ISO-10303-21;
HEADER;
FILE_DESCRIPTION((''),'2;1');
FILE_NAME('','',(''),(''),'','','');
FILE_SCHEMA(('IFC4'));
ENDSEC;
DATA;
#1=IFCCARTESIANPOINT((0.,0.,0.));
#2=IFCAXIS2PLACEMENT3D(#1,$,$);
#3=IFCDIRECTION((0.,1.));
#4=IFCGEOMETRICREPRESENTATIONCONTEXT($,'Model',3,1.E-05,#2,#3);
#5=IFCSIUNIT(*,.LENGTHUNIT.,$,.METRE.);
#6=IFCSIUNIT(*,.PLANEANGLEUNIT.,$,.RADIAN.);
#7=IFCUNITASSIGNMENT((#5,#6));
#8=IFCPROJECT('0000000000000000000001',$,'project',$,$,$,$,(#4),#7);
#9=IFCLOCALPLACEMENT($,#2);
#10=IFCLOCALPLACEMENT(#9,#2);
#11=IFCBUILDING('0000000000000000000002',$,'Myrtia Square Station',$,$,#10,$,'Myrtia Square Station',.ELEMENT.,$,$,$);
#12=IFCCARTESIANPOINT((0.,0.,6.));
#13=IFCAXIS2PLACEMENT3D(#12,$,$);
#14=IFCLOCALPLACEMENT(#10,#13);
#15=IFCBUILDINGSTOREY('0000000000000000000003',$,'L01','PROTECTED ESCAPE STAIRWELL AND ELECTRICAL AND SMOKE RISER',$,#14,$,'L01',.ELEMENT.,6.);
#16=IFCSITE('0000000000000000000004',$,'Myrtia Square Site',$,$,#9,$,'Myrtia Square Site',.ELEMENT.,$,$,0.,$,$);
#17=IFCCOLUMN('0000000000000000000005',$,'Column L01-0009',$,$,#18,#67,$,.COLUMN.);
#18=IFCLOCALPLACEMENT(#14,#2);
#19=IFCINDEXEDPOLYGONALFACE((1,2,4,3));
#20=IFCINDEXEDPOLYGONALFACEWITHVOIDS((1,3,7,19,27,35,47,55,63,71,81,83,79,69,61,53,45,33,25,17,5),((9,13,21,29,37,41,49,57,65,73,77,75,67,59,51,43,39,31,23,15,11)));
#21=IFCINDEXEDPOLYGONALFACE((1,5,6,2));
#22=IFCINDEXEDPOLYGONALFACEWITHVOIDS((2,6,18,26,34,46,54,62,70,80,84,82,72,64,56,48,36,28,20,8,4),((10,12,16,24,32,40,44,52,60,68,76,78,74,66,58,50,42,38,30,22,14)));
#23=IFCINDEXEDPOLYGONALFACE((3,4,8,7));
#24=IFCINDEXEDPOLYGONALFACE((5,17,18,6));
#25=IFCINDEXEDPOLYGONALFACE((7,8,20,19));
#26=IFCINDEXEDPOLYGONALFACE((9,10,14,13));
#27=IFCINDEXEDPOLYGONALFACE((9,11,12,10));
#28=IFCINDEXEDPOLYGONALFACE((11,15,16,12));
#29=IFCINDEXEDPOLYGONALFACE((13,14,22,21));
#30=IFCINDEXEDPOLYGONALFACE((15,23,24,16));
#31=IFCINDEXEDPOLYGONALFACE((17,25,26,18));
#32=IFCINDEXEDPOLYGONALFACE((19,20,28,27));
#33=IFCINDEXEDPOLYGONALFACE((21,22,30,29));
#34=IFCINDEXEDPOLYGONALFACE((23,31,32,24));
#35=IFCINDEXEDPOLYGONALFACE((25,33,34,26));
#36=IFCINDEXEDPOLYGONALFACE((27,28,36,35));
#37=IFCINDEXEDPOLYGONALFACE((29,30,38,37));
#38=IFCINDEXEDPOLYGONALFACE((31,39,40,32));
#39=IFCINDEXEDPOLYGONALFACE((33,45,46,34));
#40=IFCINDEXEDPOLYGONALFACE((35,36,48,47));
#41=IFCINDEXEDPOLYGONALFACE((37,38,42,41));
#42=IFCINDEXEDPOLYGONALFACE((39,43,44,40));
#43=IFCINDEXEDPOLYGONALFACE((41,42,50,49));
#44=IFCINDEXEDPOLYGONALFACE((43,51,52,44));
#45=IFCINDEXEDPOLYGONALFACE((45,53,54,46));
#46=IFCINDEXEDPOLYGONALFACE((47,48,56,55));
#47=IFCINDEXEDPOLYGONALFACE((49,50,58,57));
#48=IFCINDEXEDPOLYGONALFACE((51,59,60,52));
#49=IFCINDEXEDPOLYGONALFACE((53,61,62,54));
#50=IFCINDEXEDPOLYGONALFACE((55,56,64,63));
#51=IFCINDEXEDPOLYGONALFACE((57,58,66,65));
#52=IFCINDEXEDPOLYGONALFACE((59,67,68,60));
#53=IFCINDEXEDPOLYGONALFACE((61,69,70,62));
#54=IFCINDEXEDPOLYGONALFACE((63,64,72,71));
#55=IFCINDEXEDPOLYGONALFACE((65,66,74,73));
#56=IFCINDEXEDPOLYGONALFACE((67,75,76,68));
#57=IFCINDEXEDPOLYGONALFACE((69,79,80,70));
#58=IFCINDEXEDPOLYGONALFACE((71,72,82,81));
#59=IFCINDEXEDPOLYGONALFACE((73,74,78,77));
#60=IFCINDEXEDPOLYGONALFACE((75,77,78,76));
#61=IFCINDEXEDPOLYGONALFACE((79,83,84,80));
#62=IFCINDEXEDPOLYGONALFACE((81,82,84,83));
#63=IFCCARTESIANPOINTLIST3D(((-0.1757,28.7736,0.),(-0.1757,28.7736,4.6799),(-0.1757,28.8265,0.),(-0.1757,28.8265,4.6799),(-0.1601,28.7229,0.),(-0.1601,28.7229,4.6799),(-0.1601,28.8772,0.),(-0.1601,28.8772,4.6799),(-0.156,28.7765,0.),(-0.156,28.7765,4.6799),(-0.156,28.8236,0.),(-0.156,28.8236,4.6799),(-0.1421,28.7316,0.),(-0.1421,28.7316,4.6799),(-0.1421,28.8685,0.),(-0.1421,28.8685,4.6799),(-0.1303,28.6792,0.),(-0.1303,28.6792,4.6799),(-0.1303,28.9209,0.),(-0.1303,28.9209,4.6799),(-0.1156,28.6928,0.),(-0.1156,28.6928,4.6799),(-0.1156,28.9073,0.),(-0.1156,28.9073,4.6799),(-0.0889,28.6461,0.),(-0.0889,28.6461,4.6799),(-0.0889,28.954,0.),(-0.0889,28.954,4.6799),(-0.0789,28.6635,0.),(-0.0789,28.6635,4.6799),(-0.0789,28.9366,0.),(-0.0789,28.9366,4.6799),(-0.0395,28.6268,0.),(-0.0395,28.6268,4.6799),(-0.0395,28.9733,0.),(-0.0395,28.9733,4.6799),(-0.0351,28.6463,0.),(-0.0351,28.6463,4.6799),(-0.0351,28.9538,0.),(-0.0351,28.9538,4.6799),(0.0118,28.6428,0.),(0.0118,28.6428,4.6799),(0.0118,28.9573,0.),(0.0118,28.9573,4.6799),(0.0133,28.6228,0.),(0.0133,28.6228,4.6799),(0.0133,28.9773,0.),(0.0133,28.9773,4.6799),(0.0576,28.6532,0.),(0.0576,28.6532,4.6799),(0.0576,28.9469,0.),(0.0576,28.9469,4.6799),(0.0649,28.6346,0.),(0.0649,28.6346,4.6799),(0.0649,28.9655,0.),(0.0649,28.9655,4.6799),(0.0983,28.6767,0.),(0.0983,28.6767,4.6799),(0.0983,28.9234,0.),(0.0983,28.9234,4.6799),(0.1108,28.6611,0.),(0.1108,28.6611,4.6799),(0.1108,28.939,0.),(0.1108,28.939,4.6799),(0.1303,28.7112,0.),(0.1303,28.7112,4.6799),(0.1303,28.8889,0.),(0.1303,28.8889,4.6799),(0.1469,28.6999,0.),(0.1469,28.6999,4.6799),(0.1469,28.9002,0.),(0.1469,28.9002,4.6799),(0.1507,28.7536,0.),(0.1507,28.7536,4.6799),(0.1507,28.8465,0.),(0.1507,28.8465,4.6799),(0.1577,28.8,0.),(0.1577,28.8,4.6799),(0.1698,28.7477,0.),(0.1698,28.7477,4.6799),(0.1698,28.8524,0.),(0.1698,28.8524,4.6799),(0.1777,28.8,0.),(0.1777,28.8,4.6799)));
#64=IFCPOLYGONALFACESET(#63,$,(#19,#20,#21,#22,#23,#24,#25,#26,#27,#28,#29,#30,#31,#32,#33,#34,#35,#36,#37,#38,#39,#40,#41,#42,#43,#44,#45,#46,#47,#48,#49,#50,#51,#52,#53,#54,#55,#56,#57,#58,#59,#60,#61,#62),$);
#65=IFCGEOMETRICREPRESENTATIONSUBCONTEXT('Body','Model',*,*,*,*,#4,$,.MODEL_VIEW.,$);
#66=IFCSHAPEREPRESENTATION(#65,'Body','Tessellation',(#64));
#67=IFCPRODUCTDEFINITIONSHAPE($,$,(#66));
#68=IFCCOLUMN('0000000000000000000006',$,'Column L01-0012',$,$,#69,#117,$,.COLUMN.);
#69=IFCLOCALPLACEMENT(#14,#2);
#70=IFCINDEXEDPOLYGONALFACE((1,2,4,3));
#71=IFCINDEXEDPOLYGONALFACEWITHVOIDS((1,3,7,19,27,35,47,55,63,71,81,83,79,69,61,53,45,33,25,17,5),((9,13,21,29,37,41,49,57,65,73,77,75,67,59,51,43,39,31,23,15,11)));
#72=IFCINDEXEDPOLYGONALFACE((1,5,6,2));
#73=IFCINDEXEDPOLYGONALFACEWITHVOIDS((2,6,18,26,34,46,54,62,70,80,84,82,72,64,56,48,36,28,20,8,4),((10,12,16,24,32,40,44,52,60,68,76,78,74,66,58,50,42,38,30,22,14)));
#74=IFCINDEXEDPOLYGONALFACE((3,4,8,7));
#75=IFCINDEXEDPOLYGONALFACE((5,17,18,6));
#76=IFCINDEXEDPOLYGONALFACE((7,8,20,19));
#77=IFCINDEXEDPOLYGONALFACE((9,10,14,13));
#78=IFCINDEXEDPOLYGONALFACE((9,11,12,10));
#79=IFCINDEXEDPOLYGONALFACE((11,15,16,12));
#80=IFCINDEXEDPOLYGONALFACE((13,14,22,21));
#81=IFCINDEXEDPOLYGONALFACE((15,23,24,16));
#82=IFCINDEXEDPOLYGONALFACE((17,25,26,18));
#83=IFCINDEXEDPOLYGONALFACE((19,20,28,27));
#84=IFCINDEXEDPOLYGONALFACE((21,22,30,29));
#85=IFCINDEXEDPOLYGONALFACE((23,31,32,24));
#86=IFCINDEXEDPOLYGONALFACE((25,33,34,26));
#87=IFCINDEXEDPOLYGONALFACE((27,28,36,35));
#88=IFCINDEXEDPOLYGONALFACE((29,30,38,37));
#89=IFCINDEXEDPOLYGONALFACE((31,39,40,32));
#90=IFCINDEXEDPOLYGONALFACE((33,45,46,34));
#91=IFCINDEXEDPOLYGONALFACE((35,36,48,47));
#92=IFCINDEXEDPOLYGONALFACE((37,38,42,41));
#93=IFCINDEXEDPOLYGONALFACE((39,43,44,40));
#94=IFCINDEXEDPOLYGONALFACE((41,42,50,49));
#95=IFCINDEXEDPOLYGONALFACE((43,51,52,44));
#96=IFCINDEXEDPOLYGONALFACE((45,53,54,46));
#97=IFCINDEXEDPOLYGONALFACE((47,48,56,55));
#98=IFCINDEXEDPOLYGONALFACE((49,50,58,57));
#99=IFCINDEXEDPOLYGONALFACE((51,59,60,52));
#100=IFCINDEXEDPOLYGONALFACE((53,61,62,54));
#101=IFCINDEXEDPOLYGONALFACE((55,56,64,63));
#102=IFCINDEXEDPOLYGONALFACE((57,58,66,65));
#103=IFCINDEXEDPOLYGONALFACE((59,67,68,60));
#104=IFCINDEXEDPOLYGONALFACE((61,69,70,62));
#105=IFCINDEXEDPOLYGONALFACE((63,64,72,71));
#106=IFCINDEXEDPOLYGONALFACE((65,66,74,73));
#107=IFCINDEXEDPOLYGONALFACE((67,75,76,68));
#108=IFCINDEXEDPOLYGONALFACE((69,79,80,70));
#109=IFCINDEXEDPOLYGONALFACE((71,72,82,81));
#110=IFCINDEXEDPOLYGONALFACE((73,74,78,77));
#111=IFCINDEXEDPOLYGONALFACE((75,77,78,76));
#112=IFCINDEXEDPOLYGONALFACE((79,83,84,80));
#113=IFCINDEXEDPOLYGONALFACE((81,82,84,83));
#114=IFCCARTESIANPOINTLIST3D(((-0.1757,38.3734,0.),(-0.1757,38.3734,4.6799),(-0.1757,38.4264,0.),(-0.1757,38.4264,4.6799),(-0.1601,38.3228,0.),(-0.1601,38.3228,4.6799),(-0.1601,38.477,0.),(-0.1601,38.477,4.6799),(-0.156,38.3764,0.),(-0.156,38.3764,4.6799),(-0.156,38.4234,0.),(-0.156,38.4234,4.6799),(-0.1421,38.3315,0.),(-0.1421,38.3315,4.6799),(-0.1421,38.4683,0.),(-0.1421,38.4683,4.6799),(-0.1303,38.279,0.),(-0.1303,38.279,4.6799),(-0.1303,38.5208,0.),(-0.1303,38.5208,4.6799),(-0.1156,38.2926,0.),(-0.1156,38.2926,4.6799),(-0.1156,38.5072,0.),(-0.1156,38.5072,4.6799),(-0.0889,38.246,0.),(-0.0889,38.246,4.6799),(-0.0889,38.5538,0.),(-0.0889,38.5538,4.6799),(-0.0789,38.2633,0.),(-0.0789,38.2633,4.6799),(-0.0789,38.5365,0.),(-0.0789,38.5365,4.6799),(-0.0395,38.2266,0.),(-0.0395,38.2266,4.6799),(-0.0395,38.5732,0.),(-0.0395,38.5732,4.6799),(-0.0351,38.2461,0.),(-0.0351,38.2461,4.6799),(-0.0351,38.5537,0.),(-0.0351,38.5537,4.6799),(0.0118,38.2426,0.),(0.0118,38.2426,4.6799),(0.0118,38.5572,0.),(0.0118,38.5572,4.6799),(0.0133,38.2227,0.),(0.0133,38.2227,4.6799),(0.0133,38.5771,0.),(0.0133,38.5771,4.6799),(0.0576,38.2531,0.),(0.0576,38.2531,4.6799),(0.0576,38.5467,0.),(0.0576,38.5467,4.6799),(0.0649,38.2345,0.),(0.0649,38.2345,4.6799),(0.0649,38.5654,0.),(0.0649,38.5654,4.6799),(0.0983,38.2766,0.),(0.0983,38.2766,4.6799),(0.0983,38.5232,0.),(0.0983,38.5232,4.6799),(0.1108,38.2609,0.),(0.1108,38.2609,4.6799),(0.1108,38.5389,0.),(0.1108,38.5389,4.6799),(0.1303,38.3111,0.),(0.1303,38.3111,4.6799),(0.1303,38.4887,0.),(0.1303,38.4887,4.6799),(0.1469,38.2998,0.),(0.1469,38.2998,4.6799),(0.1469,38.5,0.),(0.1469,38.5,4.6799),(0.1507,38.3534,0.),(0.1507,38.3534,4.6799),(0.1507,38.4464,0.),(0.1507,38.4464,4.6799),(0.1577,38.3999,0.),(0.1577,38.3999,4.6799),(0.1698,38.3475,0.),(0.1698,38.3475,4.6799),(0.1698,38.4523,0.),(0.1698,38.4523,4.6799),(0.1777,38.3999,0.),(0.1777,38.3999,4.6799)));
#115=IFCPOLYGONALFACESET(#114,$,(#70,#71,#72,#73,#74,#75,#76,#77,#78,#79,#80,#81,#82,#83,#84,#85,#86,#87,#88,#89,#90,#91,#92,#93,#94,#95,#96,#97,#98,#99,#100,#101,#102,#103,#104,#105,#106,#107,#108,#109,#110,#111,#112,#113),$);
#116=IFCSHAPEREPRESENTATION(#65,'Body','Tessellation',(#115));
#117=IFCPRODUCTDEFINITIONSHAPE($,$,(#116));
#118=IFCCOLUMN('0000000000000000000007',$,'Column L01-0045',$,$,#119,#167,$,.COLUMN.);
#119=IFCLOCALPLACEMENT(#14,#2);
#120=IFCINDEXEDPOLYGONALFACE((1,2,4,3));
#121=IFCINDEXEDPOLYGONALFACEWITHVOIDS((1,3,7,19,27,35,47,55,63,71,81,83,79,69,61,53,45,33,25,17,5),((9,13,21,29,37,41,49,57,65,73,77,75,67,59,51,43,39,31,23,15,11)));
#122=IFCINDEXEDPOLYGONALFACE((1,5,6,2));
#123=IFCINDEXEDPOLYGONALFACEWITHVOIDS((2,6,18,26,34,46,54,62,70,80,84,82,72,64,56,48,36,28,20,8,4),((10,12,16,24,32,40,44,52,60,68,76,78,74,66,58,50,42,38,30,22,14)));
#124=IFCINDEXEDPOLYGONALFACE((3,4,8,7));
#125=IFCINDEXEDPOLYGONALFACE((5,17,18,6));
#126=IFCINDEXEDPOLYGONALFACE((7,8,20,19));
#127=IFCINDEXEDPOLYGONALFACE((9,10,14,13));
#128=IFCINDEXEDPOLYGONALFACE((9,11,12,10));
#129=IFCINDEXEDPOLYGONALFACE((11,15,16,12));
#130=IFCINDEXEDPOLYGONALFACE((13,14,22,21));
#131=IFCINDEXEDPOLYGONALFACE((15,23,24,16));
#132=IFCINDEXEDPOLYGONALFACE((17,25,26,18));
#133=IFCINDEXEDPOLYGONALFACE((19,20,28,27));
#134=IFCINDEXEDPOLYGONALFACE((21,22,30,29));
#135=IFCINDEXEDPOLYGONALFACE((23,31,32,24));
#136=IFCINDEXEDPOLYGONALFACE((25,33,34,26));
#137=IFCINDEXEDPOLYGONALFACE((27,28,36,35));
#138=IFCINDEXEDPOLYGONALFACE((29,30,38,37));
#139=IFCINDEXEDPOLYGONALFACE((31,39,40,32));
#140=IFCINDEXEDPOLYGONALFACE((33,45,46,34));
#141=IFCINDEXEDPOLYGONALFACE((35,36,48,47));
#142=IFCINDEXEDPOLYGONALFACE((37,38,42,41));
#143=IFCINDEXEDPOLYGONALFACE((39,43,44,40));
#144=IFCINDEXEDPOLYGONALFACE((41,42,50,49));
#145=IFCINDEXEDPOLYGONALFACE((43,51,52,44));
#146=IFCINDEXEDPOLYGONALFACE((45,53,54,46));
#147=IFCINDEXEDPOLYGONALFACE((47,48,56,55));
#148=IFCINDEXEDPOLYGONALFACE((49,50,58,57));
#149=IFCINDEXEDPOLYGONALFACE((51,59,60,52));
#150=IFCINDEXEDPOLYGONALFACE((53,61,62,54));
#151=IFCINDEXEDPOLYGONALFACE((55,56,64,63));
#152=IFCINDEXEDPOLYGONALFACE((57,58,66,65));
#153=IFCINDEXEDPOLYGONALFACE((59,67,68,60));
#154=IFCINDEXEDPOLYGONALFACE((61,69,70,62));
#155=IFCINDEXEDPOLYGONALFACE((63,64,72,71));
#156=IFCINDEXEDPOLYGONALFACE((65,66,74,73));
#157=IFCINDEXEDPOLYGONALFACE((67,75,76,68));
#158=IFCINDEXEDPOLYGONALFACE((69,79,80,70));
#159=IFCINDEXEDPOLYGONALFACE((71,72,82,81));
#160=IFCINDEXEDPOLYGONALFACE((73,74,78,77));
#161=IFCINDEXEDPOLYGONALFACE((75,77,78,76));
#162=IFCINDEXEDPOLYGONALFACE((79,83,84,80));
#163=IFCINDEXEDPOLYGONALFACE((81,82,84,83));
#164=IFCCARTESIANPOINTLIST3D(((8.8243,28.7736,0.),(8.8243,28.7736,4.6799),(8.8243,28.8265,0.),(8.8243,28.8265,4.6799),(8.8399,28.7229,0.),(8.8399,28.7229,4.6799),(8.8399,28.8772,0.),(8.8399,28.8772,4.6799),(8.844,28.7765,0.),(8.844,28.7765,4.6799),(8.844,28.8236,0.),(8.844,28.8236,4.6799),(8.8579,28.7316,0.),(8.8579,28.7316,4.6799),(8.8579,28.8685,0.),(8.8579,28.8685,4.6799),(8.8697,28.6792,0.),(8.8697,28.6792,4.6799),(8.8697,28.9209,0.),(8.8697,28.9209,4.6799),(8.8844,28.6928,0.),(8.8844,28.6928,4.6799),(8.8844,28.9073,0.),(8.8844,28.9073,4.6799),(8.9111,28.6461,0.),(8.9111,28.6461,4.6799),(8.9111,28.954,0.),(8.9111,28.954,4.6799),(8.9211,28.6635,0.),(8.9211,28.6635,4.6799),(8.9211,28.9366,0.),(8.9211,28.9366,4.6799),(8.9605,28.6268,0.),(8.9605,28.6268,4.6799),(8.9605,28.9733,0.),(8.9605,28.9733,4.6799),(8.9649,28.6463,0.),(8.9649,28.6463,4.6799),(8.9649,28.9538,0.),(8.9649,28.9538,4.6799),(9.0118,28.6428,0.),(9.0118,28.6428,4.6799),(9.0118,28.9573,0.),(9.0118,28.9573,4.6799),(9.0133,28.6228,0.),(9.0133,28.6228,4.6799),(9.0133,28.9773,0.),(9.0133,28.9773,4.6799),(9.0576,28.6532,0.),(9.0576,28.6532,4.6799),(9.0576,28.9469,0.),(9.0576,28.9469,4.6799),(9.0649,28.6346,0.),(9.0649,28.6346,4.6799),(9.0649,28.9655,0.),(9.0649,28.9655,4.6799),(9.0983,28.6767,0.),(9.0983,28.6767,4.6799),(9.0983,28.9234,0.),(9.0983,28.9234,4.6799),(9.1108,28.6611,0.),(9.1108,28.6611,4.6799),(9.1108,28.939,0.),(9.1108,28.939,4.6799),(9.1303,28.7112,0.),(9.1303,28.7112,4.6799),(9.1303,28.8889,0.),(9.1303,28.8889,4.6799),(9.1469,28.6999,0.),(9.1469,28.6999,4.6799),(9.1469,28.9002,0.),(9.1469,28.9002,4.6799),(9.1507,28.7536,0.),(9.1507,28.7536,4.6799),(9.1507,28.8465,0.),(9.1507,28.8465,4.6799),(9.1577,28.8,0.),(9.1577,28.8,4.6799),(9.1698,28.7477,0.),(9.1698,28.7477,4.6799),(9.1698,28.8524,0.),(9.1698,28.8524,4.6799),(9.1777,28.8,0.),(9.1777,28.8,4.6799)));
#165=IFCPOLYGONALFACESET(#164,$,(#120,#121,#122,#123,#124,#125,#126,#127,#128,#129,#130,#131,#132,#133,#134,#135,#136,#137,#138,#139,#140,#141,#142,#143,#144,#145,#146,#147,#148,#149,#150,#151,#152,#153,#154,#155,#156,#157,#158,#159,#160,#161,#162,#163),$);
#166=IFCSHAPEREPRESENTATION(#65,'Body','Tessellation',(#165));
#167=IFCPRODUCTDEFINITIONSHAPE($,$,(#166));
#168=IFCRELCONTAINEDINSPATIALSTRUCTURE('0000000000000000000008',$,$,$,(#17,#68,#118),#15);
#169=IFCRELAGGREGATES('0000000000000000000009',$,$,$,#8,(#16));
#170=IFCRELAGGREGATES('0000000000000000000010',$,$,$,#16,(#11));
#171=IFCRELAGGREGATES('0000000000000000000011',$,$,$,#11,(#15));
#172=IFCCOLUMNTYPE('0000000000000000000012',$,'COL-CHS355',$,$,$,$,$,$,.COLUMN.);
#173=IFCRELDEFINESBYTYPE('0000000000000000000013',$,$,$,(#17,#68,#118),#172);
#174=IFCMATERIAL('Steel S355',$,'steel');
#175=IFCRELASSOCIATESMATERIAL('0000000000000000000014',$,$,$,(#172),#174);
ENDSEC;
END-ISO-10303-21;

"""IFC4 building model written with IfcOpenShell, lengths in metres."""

from ifc_helpers import new_model, si_unit, direction, frame, origin, origin_2d, place, context, subcontext, project, spatial, hollow_circle, extrude, material, material_profile, profile_set, type_object, element, save


model = new_model("IFC4")

# Units and contexts
model_context = context("Model", 3, precision=1e-05, world=origin(), true_north=direction((0.0, 1.0)))
body_context = subcontext(model_context, "Body", "Model", "MODEL_VIEW")
ifc_project = project(units=[si_unit("LENGTHUNIT", "METRE"), si_unit("PLANEANGLEUNIT", "RADIAN")], contexts=[model_context])

# Site, building, storey
site_placement = place(None, origin())
site = spatial("IfcSite", under=ifc_project, at=site_placement, Name="Myrtia Square Site", LongName="Myrtia Square Site", CompositionType="ELEMENT", RefElevation=0.0)
building_placement = place(site_placement, origin())
building = spatial("IfcBuilding", under=site, at=building_placement, Name="Myrtia Square Station", LongName="Myrtia Square Station", CompositionType="ELEMENT")
storey_placement = place(building_placement, frame((0.0, 0.0, 6.0)))
storey = spatial("IfcBuildingStorey", under=building, at=storey_placement, Name="L01", Description="PROTECTED ESCAPE STAIRWELL AND ELECTRICAL AND SMOKE RISER", LongName="L01", CompositionType="ELEMENT", Elevation=6.0)

# Columns
ifc_material_1 = material(Name="Steel S355", Category="steel")
ifc_material_profile_1 = material_profile(ifc_material_1, hollow_circle(Radius=0.1777, WallThickness=0.02, at=origin_2d()), Name="CHS 355.6x20")
ifc_profile_set_1 = profile_set([ifc_material_profile_1], Name="Steel S355")
column_type = type_object("IfcColumnType", Name="COL-CHS355", PredefinedType="COLUMN", material=ifc_profile_set_1)
for number, where, z_axis, x_axis, name in (
    (1, (0.0, 28.8, 0.0), (0.0, 0.0, 1.0), (1.0, 0.0, 0.0), "Column L01-0009"),
    (2, (0.0, 38.3999, 0.0), (0.0, 0.0, 1.0), (1.0, 0.0, 0.0), "Column L01-0012"),
    (3, (9.0, 28.8, 0.0), (0.0, 0.0, 1.0), (1.0, 0.0, 0.0), "Column L01-0045"),
):
    element("IfcColumn", number, at=place(storey_placement, frame(where, z_axis=z_axis, x_axis=x_axis)), inside=storey, type_object=column_type, Name=name, PredefinedType="COLUMN", context=body_context, shape_type="SweptSolid", body=[
        extrude(hollow_circle(Radius=0.1777, WallThickness=0.02, at=origin_2d()), origin(), (0.0, 0.0, 1.0), 4.6799),
    ])

save(model, "model.ifc")
